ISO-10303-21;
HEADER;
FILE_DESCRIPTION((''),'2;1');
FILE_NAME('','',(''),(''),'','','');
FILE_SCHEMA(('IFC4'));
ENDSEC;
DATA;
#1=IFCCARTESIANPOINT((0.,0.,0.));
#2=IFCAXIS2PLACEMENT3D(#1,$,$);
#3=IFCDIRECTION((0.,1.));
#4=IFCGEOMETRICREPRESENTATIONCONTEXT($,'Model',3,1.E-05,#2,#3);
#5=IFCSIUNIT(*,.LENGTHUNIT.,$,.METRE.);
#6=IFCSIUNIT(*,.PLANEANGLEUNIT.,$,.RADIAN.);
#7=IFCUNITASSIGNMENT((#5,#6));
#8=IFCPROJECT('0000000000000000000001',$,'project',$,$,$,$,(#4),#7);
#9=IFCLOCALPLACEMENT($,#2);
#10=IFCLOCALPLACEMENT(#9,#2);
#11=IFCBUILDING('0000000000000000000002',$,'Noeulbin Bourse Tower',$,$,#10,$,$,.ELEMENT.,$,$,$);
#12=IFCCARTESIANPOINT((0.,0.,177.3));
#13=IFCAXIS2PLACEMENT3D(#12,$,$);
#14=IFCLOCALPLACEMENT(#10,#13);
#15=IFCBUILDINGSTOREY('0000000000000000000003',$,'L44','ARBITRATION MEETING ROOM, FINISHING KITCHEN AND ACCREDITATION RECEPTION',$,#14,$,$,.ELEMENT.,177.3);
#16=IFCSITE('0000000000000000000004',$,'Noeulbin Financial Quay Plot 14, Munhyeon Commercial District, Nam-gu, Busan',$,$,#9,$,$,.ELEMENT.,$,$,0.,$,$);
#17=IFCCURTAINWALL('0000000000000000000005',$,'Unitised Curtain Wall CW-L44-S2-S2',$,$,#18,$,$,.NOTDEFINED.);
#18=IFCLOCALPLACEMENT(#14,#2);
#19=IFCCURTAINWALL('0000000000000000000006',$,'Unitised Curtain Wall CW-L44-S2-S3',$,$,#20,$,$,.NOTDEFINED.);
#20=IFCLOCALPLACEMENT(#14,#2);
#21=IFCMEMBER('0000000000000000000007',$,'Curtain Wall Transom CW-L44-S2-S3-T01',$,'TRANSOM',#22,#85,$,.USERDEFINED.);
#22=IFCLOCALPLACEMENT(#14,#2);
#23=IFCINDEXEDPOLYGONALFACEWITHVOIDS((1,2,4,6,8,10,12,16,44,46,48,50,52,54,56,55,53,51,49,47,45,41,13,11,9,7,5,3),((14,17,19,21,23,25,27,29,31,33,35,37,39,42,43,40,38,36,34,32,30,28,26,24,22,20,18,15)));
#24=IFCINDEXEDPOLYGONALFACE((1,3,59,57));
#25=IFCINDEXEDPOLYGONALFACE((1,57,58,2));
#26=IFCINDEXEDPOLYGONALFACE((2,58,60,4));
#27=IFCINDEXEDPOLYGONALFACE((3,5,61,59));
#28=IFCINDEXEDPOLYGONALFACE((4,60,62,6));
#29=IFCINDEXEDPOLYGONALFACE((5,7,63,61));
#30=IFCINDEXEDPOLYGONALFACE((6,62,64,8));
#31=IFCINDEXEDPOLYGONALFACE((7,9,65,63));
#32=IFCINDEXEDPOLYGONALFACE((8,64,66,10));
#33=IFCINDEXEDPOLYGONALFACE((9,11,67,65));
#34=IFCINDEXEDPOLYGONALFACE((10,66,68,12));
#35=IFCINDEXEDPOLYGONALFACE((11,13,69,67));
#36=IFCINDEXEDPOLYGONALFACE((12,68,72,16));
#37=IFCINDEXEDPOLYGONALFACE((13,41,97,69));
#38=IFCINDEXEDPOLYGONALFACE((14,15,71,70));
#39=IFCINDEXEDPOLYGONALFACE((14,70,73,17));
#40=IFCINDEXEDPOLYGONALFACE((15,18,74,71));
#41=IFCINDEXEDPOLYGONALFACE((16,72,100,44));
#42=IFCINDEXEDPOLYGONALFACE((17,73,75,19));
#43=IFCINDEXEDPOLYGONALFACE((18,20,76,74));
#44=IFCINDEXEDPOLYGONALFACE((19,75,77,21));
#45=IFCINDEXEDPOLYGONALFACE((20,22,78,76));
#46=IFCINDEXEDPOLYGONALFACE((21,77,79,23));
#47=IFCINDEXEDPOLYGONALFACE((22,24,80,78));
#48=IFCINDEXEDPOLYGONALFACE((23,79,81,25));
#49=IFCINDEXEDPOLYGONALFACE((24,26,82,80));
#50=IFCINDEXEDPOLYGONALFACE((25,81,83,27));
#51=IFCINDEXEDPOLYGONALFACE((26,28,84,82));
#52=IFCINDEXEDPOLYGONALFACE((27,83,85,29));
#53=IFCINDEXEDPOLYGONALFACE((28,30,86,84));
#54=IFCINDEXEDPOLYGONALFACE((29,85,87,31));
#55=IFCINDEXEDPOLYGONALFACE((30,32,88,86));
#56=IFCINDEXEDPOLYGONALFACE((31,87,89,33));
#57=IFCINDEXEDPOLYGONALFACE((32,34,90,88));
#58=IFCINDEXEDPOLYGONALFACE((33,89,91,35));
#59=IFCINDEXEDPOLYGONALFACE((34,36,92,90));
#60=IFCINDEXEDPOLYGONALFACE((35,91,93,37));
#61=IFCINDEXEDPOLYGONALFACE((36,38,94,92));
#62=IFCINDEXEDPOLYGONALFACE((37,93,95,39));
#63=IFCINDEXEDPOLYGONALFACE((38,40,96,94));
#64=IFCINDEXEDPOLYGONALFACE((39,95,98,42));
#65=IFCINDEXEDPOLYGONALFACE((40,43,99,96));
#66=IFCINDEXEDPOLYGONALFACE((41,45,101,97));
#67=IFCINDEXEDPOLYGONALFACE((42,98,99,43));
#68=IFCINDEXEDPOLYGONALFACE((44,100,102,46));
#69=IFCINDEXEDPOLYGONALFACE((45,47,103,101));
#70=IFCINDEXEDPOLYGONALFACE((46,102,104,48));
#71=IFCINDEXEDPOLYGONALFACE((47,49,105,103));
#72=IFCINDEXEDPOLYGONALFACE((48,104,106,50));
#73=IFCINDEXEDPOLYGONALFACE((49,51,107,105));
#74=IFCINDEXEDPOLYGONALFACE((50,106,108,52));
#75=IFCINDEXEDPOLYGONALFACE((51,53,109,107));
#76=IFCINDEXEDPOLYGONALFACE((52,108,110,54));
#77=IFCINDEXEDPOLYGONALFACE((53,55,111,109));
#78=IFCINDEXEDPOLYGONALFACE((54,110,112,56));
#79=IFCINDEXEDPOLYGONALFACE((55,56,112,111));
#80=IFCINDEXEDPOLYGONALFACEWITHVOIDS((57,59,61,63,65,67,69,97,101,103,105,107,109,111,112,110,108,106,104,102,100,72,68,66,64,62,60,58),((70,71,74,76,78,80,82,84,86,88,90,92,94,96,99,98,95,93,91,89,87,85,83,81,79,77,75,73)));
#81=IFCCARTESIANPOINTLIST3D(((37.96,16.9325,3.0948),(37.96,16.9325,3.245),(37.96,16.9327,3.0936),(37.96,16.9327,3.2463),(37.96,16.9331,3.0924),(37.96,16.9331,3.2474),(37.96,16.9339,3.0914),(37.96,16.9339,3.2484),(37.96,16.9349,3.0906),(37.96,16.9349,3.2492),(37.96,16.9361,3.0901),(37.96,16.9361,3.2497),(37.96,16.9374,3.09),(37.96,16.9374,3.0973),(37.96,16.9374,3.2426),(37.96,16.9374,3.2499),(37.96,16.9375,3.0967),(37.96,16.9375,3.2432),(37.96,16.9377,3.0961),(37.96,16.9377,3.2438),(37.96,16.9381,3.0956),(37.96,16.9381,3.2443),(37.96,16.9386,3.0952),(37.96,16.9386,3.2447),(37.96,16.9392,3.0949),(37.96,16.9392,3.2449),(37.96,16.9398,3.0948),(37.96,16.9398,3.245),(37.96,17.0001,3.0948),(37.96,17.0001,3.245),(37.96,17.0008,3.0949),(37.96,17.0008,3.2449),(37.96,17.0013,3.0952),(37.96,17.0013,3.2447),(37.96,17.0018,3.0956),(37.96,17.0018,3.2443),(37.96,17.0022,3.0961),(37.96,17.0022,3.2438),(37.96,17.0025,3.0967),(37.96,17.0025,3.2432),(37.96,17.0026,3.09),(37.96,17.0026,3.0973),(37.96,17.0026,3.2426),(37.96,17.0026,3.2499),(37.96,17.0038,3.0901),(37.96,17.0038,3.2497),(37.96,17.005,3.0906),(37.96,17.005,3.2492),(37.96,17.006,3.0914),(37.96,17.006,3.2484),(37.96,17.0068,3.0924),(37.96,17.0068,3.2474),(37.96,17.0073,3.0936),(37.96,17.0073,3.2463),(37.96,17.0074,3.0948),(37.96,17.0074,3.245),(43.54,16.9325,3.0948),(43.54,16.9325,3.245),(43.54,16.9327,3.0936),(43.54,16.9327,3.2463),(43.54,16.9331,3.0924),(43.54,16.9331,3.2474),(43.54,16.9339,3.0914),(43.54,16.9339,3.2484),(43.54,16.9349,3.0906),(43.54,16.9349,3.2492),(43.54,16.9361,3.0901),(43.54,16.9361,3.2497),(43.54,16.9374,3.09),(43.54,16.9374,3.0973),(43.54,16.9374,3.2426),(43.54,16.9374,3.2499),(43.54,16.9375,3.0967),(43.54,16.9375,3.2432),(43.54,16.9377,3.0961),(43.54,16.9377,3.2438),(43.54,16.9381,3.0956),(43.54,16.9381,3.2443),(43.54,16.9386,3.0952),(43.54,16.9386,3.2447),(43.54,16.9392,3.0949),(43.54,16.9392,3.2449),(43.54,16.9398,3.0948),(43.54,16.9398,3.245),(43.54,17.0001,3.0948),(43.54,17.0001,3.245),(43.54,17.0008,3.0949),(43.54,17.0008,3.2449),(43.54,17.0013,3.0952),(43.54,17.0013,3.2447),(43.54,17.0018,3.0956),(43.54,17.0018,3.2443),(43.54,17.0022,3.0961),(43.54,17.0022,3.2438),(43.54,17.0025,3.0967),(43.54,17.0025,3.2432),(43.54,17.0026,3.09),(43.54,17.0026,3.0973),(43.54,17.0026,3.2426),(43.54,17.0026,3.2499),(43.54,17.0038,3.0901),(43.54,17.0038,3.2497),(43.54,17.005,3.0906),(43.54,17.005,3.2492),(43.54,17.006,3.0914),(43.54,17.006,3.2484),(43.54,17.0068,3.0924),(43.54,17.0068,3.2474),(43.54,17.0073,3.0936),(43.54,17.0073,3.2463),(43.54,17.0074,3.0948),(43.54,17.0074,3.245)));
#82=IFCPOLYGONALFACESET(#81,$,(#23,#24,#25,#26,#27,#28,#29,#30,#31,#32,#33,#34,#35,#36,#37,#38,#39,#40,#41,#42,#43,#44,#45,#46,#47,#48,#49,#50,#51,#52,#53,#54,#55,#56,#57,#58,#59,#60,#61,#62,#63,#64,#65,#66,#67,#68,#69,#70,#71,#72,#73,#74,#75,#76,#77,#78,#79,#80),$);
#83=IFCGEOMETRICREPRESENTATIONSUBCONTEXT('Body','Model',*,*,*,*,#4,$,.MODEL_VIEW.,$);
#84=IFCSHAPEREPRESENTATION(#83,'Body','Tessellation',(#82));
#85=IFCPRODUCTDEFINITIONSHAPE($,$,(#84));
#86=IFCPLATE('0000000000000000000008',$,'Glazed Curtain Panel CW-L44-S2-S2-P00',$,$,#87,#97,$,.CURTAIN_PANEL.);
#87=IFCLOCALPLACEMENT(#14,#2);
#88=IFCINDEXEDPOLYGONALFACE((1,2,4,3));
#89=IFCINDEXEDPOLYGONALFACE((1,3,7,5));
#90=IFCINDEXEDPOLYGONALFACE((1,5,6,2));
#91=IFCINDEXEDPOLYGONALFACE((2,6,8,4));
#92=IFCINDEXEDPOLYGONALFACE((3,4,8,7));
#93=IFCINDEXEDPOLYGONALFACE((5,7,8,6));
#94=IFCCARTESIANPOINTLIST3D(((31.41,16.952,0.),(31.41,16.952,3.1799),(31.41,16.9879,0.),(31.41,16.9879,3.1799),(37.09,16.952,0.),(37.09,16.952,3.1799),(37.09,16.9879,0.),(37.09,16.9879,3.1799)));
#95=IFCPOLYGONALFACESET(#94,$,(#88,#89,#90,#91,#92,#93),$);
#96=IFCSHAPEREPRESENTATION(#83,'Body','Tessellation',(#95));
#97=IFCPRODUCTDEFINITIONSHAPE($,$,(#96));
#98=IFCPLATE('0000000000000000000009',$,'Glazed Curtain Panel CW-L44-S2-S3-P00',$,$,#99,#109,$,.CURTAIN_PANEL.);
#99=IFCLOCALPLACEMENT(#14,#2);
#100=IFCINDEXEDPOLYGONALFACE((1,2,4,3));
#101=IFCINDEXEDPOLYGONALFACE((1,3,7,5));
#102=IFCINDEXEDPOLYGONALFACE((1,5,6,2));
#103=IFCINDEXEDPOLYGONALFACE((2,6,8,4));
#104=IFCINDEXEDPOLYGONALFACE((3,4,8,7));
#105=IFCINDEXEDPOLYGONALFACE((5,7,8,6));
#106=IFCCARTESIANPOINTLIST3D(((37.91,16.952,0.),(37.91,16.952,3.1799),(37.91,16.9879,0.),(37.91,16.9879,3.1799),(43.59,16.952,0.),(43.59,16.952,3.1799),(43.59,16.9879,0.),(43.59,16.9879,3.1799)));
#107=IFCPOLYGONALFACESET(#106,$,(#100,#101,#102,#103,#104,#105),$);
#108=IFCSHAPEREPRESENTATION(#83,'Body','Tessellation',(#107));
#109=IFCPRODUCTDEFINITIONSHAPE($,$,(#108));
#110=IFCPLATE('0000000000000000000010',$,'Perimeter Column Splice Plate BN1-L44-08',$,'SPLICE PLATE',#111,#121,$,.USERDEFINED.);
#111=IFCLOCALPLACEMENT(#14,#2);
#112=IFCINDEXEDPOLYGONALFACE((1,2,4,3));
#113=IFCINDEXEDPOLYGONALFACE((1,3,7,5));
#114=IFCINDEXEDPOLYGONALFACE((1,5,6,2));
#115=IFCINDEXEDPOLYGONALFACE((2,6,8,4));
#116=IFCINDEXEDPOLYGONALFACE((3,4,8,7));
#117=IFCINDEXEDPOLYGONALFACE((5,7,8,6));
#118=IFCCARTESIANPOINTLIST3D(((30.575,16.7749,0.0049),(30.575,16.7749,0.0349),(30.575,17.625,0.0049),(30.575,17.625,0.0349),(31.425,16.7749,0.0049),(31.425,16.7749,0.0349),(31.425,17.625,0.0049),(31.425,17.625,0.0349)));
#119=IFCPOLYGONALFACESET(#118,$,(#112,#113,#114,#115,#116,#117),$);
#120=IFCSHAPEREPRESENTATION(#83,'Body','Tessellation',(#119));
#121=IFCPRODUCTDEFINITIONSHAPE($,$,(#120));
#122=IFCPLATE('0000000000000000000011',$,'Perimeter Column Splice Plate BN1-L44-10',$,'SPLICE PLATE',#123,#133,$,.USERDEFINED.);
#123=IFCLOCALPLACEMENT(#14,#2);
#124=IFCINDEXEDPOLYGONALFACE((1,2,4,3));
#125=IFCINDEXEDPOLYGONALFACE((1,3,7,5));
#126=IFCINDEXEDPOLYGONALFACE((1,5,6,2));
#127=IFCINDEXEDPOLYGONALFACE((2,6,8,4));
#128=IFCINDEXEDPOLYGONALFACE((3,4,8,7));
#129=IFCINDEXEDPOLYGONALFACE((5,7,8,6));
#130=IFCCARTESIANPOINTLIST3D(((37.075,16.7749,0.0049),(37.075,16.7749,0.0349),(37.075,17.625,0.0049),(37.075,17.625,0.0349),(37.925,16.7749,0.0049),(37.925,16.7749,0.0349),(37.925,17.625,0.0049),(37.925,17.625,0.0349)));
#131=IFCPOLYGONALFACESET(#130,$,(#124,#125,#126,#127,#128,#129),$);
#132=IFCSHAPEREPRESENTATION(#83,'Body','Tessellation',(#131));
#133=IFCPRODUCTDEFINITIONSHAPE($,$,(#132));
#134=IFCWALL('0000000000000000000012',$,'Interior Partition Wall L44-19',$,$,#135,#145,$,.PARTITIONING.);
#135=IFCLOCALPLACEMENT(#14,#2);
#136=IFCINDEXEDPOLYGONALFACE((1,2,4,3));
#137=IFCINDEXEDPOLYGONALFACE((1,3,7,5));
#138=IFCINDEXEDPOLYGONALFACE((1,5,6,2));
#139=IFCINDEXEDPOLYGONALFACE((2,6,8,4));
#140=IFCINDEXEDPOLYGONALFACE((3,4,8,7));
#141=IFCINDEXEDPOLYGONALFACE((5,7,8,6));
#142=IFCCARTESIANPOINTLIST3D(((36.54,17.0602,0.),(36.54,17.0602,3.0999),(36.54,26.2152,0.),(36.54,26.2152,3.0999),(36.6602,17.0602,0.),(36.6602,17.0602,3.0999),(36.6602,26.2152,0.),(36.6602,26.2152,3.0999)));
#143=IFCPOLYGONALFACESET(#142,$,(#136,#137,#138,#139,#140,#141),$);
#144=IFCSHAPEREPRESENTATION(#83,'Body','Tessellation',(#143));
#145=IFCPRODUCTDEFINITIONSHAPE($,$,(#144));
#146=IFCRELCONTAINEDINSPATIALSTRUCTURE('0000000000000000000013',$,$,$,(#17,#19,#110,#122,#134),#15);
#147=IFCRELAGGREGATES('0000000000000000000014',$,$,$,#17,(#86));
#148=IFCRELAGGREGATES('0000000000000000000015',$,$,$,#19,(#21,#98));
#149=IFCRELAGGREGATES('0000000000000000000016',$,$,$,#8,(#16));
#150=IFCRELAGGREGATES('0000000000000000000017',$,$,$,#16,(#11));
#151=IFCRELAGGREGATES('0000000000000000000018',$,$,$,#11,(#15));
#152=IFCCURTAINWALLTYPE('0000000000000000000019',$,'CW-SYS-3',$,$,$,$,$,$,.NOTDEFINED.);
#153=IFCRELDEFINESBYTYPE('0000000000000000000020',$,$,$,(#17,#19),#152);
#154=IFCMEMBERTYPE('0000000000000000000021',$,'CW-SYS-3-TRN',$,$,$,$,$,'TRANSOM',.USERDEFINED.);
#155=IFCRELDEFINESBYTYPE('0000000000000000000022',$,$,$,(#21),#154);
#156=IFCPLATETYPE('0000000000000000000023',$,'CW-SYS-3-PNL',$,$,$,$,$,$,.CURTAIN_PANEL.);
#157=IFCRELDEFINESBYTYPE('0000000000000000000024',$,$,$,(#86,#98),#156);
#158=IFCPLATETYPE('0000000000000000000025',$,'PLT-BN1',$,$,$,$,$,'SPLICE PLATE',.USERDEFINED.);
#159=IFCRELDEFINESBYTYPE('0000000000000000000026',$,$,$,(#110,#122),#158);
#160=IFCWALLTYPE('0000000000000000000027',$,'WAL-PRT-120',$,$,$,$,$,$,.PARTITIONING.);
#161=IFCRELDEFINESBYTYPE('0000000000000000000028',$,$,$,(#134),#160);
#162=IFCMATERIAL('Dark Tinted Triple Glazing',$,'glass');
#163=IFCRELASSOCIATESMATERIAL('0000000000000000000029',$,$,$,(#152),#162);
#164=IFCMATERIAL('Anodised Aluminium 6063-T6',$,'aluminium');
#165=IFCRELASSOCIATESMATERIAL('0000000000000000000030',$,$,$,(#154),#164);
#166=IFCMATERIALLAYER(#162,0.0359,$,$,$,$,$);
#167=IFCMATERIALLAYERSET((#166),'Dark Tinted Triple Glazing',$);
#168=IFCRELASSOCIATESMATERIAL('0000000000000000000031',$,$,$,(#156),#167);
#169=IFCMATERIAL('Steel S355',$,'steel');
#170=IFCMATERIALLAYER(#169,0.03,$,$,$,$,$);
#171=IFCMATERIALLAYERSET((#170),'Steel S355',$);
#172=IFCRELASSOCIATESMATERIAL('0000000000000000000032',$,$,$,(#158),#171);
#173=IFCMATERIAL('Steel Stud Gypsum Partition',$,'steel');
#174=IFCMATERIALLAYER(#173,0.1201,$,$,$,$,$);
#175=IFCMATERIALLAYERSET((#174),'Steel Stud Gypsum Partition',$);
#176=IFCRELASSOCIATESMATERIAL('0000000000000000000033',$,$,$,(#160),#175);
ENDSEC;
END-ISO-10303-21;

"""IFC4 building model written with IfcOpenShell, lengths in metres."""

from ifc_helpers import new_model, si_unit, direction, frame, frame_2d, origin, origin_2d, place, context, subcontext, project, spatial, rectangle, hollow_rectangle, extrude, material, layer, layer_set, material_profile, profile_set, type_object, element, aggregate, save


model = new_model("IFC4")

# Units and contexts
model_context = context("Model", 3, precision=1e-05, world=origin(), true_north=direction((0.0, 1.0)))
body_context = subcontext(model_context, "Body", "Model", "MODEL_VIEW")
ifc_project = project(units=[si_unit("LENGTHUNIT", "METRE"), si_unit("PLANEANGLEUNIT", "RADIAN")], contexts=[model_context])

# Site, building, storey
site_placement = place(None, origin())
site = spatial("IfcSite", under=ifc_project, at=site_placement, Name="Noeulbin Financial Quay Plot 14, Munhyeon Commercial District, Nam-gu, Busan", CompositionType="ELEMENT", RefElevation=0.0)
building_placement = place(site_placement, origin())
building = spatial("IfcBuilding", under=site, at=building_placement, Name="Noeulbin Bourse Tower", CompositionType="ELEMENT")
storey_placement = place(building_placement, frame((0.0, 0.0, 177.3)))
storey = spatial("IfcBuildingStorey", under=building, at=storey_placement, Name="L44", Description="ARBITRATION MEETING ROOM, FINISHING KITCHEN AND ACCREDITATION RECEPTION", CompositionType="ELEMENT", Elevation=177.3)

# Shared definitions
ifc_material_1 = material(Name="Steel S355", Category="steel")

# Curtain wall
ifc_material_2 = material(Name="Dark Tinted Triple Glazing", Category="glass")
curtain_wall_type = type_object("IfcCurtainWallType", Name="CW-SYS-3", PredefinedType="NOTDEFINED", material=ifc_material_2)
curtain_wall_1_placement = place(storey_placement, origin())
curtain_wall_1 = element("IfcCurtainWall", 1, at=curtain_wall_1_placement, inside=storey, type_object=curtain_wall_type, Name="Unitised Curtain Wall CW-L44-S2-S2", PredefinedType="NOTDEFINED")
ifc_material_3 = material(Name="Anodised Aluminium 6063-T6", Category="aluminium")

# Curtain wall
curtain_wall_2_placement = place(storey_placement, origin())
curtain_wall_2 = element("IfcCurtainWall", 2, at=curtain_wall_2_placement, inside=storey, type_object=curtain_wall_type, Name="Unitised Curtain Wall CW-L44-S2-S3", PredefinedType="NOTDEFINED")

# Member
ifc_material_profile_1 = material_profile(ifc_material_3, hollow_rectangle(XDim=0.075, YDim=0.1599, WallThickness=0.0049, InnerFilletRadius=0.0024, OuterFilletRadius=0.0049, at=origin_2d()), Name="ALU-TRAN-75x160x5", Category="LoadBearing")
ifc_profile_set_1 = profile_set([ifc_material_profile_1], Name="Anodised Aluminium 6063-T6")
member_type_1 = type_object("IfcMemberType", Name="CW-SYS-3-TRN", ElementType="TRANSOM", PredefinedType="USERDEFINED", material=ifc_profile_set_1)
member_1_placement = place(storey_placement, frame((37.96, 16.97, 3.1699), z_axis=(1.0, 0.0, 0.0), x_axis=(0.0, 1.0, 0.0)))
member_1 = element("IfcMember", 3, at=member_1_placement, type_object=member_type_1, Name="Curtain Wall Transom CW-L44-S2-S3-T01", ObjectType="TRANSOM", PredefinedType="USERDEFINED", context=body_context, shape_type="SweptSolid", body=[
    extrude(hollow_rectangle(XDim=0.075, YDim=0.1599, WallThickness=0.0049, InnerFilletRadius=0.0024, OuterFilletRadius=0.0049, at=origin_2d()), origin(), (0.0, 0.0, 1.0), 5.5801),
])

# Plates
ifc_layer_1 = layer(ifc_material_2, 0.0359)
ifc_layer_set_1 = layer_set([ifc_layer_1], Name="Dark Tinted Triple Glazing")
plate_type_1 = type_object("IfcPlateType", Name="CW-SYS-3-PNL", PredefinedType="CURTAIN_PANEL", material=ifc_layer_set_1)
plate_1_placement = place(storey_placement, frame((34.25, 16.97, 0.0), z_axis=(0.0, 0.0, 1.0), x_axis=(1.0, 0.0, 0.0)))
plate_1 = element("IfcPlate", 4, at=plate_1_placement, type_object=plate_type_1, Name="Glazed Curtain Panel CW-L44-S2-S2-P00", PredefinedType="CURTAIN_PANEL", context=body_context, shape_type="SweptSolid", body=[
    extrude(rectangle(XDim=5.6799, YDim=0.0359, at=origin_2d()), origin(), (0.0, 0.0, 1.0), 3.1799),
])
aggregate(curtain_wall_1, [plate_1])
plate_2_placement = place(storey_placement, frame((40.75, 16.97, 0.0), z_axis=(0.0, 0.0, 1.0), x_axis=(1.0, 0.0, 0.0)))
plate_2 = element("IfcPlate", 5, at=plate_2_placement, type_object=plate_type_1, Name="Glazed Curtain Panel CW-L44-S2-S3-P00", PredefinedType="CURTAIN_PANEL", context=body_context, shape_type="SweptSolid", body=[
    extrude(rectangle(XDim=5.6799, YDim=0.0359, at=origin_2d()), origin(), (0.0, 0.0, 1.0), 3.1799),
])
aggregate(curtain_wall_2, [member_1, plate_2])

# Plates
ifc_layer_2 = layer(ifc_material_1, 0.03)
ifc_layer_set_2 = layer_set([ifc_layer_2], Name="Steel S355")
plate_type_2 = type_object("IfcPlateType", Name="PLT-BN1", ElementType="SPLICE PLATE", PredefinedType="USERDEFINED", material=ifc_layer_set_2)
for number, where, z_axis, x_axis, name in (
    (6, (31.0, 17.2, 0.0049), (0.0, 0.0, 1.0), (1.0, 0.0, 0.0), "Perimeter Column Splice Plate BN1-L44-08"),
    (7, (37.5, 17.2, 0.0049), (0.0, 0.0, 1.0), (1.0, 0.0, 0.0), "Perimeter Column Splice Plate BN1-L44-10"),
):
    element("IfcPlate", number, at=place(storey_placement, frame(where, z_axis=z_axis, x_axis=x_axis)), inside=storey, type_object=plate_type_2, Name=name, ObjectType="SPLICE PLATE", PredefinedType="USERDEFINED", context=body_context, shape_type="SweptSolid", body=[
        extrude(rectangle(XDim=0.8501, YDim=0.8501, at=origin_2d()), origin(), (0.0, 0.0, 1.0), 0.03),
    ])

# Wall
ifc_material_4 = material(Name="Steel Stud Gypsum Partition", Category="steel")
ifc_layer_3 = layer(ifc_material_4, 0.1201)
ifc_layer_set_3 = layer_set([ifc_layer_3], Name="Steel Stud Gypsum Partition")
wall_type = type_object("IfcWallType", Name="WAL-PRT-120", PredefinedType="PARTITIONING", material=ifc_layer_set_3)
wall_placement = place(storey_placement, frame((36.6001, 17.0601, 0.0), z_axis=(0.0, 0.0, 1.0), x_axis=(0.0, 1.0, 0.0)))
element("IfcWall", 8, at=wall_placement, inside=storey, type_object=wall_type, Name="Interior Partition Wall L44-19", PredefinedType="PARTITIONING", context=body_context, shape_type="SweptSolid", body=[
    extrude(rectangle(XDim=9.155, YDim=0.1201, at=frame_2d((4.5776, 0.0))), origin(), (0.0, 0.0, 1.0), 3.0999),
])

save(model, "model.ifc")
